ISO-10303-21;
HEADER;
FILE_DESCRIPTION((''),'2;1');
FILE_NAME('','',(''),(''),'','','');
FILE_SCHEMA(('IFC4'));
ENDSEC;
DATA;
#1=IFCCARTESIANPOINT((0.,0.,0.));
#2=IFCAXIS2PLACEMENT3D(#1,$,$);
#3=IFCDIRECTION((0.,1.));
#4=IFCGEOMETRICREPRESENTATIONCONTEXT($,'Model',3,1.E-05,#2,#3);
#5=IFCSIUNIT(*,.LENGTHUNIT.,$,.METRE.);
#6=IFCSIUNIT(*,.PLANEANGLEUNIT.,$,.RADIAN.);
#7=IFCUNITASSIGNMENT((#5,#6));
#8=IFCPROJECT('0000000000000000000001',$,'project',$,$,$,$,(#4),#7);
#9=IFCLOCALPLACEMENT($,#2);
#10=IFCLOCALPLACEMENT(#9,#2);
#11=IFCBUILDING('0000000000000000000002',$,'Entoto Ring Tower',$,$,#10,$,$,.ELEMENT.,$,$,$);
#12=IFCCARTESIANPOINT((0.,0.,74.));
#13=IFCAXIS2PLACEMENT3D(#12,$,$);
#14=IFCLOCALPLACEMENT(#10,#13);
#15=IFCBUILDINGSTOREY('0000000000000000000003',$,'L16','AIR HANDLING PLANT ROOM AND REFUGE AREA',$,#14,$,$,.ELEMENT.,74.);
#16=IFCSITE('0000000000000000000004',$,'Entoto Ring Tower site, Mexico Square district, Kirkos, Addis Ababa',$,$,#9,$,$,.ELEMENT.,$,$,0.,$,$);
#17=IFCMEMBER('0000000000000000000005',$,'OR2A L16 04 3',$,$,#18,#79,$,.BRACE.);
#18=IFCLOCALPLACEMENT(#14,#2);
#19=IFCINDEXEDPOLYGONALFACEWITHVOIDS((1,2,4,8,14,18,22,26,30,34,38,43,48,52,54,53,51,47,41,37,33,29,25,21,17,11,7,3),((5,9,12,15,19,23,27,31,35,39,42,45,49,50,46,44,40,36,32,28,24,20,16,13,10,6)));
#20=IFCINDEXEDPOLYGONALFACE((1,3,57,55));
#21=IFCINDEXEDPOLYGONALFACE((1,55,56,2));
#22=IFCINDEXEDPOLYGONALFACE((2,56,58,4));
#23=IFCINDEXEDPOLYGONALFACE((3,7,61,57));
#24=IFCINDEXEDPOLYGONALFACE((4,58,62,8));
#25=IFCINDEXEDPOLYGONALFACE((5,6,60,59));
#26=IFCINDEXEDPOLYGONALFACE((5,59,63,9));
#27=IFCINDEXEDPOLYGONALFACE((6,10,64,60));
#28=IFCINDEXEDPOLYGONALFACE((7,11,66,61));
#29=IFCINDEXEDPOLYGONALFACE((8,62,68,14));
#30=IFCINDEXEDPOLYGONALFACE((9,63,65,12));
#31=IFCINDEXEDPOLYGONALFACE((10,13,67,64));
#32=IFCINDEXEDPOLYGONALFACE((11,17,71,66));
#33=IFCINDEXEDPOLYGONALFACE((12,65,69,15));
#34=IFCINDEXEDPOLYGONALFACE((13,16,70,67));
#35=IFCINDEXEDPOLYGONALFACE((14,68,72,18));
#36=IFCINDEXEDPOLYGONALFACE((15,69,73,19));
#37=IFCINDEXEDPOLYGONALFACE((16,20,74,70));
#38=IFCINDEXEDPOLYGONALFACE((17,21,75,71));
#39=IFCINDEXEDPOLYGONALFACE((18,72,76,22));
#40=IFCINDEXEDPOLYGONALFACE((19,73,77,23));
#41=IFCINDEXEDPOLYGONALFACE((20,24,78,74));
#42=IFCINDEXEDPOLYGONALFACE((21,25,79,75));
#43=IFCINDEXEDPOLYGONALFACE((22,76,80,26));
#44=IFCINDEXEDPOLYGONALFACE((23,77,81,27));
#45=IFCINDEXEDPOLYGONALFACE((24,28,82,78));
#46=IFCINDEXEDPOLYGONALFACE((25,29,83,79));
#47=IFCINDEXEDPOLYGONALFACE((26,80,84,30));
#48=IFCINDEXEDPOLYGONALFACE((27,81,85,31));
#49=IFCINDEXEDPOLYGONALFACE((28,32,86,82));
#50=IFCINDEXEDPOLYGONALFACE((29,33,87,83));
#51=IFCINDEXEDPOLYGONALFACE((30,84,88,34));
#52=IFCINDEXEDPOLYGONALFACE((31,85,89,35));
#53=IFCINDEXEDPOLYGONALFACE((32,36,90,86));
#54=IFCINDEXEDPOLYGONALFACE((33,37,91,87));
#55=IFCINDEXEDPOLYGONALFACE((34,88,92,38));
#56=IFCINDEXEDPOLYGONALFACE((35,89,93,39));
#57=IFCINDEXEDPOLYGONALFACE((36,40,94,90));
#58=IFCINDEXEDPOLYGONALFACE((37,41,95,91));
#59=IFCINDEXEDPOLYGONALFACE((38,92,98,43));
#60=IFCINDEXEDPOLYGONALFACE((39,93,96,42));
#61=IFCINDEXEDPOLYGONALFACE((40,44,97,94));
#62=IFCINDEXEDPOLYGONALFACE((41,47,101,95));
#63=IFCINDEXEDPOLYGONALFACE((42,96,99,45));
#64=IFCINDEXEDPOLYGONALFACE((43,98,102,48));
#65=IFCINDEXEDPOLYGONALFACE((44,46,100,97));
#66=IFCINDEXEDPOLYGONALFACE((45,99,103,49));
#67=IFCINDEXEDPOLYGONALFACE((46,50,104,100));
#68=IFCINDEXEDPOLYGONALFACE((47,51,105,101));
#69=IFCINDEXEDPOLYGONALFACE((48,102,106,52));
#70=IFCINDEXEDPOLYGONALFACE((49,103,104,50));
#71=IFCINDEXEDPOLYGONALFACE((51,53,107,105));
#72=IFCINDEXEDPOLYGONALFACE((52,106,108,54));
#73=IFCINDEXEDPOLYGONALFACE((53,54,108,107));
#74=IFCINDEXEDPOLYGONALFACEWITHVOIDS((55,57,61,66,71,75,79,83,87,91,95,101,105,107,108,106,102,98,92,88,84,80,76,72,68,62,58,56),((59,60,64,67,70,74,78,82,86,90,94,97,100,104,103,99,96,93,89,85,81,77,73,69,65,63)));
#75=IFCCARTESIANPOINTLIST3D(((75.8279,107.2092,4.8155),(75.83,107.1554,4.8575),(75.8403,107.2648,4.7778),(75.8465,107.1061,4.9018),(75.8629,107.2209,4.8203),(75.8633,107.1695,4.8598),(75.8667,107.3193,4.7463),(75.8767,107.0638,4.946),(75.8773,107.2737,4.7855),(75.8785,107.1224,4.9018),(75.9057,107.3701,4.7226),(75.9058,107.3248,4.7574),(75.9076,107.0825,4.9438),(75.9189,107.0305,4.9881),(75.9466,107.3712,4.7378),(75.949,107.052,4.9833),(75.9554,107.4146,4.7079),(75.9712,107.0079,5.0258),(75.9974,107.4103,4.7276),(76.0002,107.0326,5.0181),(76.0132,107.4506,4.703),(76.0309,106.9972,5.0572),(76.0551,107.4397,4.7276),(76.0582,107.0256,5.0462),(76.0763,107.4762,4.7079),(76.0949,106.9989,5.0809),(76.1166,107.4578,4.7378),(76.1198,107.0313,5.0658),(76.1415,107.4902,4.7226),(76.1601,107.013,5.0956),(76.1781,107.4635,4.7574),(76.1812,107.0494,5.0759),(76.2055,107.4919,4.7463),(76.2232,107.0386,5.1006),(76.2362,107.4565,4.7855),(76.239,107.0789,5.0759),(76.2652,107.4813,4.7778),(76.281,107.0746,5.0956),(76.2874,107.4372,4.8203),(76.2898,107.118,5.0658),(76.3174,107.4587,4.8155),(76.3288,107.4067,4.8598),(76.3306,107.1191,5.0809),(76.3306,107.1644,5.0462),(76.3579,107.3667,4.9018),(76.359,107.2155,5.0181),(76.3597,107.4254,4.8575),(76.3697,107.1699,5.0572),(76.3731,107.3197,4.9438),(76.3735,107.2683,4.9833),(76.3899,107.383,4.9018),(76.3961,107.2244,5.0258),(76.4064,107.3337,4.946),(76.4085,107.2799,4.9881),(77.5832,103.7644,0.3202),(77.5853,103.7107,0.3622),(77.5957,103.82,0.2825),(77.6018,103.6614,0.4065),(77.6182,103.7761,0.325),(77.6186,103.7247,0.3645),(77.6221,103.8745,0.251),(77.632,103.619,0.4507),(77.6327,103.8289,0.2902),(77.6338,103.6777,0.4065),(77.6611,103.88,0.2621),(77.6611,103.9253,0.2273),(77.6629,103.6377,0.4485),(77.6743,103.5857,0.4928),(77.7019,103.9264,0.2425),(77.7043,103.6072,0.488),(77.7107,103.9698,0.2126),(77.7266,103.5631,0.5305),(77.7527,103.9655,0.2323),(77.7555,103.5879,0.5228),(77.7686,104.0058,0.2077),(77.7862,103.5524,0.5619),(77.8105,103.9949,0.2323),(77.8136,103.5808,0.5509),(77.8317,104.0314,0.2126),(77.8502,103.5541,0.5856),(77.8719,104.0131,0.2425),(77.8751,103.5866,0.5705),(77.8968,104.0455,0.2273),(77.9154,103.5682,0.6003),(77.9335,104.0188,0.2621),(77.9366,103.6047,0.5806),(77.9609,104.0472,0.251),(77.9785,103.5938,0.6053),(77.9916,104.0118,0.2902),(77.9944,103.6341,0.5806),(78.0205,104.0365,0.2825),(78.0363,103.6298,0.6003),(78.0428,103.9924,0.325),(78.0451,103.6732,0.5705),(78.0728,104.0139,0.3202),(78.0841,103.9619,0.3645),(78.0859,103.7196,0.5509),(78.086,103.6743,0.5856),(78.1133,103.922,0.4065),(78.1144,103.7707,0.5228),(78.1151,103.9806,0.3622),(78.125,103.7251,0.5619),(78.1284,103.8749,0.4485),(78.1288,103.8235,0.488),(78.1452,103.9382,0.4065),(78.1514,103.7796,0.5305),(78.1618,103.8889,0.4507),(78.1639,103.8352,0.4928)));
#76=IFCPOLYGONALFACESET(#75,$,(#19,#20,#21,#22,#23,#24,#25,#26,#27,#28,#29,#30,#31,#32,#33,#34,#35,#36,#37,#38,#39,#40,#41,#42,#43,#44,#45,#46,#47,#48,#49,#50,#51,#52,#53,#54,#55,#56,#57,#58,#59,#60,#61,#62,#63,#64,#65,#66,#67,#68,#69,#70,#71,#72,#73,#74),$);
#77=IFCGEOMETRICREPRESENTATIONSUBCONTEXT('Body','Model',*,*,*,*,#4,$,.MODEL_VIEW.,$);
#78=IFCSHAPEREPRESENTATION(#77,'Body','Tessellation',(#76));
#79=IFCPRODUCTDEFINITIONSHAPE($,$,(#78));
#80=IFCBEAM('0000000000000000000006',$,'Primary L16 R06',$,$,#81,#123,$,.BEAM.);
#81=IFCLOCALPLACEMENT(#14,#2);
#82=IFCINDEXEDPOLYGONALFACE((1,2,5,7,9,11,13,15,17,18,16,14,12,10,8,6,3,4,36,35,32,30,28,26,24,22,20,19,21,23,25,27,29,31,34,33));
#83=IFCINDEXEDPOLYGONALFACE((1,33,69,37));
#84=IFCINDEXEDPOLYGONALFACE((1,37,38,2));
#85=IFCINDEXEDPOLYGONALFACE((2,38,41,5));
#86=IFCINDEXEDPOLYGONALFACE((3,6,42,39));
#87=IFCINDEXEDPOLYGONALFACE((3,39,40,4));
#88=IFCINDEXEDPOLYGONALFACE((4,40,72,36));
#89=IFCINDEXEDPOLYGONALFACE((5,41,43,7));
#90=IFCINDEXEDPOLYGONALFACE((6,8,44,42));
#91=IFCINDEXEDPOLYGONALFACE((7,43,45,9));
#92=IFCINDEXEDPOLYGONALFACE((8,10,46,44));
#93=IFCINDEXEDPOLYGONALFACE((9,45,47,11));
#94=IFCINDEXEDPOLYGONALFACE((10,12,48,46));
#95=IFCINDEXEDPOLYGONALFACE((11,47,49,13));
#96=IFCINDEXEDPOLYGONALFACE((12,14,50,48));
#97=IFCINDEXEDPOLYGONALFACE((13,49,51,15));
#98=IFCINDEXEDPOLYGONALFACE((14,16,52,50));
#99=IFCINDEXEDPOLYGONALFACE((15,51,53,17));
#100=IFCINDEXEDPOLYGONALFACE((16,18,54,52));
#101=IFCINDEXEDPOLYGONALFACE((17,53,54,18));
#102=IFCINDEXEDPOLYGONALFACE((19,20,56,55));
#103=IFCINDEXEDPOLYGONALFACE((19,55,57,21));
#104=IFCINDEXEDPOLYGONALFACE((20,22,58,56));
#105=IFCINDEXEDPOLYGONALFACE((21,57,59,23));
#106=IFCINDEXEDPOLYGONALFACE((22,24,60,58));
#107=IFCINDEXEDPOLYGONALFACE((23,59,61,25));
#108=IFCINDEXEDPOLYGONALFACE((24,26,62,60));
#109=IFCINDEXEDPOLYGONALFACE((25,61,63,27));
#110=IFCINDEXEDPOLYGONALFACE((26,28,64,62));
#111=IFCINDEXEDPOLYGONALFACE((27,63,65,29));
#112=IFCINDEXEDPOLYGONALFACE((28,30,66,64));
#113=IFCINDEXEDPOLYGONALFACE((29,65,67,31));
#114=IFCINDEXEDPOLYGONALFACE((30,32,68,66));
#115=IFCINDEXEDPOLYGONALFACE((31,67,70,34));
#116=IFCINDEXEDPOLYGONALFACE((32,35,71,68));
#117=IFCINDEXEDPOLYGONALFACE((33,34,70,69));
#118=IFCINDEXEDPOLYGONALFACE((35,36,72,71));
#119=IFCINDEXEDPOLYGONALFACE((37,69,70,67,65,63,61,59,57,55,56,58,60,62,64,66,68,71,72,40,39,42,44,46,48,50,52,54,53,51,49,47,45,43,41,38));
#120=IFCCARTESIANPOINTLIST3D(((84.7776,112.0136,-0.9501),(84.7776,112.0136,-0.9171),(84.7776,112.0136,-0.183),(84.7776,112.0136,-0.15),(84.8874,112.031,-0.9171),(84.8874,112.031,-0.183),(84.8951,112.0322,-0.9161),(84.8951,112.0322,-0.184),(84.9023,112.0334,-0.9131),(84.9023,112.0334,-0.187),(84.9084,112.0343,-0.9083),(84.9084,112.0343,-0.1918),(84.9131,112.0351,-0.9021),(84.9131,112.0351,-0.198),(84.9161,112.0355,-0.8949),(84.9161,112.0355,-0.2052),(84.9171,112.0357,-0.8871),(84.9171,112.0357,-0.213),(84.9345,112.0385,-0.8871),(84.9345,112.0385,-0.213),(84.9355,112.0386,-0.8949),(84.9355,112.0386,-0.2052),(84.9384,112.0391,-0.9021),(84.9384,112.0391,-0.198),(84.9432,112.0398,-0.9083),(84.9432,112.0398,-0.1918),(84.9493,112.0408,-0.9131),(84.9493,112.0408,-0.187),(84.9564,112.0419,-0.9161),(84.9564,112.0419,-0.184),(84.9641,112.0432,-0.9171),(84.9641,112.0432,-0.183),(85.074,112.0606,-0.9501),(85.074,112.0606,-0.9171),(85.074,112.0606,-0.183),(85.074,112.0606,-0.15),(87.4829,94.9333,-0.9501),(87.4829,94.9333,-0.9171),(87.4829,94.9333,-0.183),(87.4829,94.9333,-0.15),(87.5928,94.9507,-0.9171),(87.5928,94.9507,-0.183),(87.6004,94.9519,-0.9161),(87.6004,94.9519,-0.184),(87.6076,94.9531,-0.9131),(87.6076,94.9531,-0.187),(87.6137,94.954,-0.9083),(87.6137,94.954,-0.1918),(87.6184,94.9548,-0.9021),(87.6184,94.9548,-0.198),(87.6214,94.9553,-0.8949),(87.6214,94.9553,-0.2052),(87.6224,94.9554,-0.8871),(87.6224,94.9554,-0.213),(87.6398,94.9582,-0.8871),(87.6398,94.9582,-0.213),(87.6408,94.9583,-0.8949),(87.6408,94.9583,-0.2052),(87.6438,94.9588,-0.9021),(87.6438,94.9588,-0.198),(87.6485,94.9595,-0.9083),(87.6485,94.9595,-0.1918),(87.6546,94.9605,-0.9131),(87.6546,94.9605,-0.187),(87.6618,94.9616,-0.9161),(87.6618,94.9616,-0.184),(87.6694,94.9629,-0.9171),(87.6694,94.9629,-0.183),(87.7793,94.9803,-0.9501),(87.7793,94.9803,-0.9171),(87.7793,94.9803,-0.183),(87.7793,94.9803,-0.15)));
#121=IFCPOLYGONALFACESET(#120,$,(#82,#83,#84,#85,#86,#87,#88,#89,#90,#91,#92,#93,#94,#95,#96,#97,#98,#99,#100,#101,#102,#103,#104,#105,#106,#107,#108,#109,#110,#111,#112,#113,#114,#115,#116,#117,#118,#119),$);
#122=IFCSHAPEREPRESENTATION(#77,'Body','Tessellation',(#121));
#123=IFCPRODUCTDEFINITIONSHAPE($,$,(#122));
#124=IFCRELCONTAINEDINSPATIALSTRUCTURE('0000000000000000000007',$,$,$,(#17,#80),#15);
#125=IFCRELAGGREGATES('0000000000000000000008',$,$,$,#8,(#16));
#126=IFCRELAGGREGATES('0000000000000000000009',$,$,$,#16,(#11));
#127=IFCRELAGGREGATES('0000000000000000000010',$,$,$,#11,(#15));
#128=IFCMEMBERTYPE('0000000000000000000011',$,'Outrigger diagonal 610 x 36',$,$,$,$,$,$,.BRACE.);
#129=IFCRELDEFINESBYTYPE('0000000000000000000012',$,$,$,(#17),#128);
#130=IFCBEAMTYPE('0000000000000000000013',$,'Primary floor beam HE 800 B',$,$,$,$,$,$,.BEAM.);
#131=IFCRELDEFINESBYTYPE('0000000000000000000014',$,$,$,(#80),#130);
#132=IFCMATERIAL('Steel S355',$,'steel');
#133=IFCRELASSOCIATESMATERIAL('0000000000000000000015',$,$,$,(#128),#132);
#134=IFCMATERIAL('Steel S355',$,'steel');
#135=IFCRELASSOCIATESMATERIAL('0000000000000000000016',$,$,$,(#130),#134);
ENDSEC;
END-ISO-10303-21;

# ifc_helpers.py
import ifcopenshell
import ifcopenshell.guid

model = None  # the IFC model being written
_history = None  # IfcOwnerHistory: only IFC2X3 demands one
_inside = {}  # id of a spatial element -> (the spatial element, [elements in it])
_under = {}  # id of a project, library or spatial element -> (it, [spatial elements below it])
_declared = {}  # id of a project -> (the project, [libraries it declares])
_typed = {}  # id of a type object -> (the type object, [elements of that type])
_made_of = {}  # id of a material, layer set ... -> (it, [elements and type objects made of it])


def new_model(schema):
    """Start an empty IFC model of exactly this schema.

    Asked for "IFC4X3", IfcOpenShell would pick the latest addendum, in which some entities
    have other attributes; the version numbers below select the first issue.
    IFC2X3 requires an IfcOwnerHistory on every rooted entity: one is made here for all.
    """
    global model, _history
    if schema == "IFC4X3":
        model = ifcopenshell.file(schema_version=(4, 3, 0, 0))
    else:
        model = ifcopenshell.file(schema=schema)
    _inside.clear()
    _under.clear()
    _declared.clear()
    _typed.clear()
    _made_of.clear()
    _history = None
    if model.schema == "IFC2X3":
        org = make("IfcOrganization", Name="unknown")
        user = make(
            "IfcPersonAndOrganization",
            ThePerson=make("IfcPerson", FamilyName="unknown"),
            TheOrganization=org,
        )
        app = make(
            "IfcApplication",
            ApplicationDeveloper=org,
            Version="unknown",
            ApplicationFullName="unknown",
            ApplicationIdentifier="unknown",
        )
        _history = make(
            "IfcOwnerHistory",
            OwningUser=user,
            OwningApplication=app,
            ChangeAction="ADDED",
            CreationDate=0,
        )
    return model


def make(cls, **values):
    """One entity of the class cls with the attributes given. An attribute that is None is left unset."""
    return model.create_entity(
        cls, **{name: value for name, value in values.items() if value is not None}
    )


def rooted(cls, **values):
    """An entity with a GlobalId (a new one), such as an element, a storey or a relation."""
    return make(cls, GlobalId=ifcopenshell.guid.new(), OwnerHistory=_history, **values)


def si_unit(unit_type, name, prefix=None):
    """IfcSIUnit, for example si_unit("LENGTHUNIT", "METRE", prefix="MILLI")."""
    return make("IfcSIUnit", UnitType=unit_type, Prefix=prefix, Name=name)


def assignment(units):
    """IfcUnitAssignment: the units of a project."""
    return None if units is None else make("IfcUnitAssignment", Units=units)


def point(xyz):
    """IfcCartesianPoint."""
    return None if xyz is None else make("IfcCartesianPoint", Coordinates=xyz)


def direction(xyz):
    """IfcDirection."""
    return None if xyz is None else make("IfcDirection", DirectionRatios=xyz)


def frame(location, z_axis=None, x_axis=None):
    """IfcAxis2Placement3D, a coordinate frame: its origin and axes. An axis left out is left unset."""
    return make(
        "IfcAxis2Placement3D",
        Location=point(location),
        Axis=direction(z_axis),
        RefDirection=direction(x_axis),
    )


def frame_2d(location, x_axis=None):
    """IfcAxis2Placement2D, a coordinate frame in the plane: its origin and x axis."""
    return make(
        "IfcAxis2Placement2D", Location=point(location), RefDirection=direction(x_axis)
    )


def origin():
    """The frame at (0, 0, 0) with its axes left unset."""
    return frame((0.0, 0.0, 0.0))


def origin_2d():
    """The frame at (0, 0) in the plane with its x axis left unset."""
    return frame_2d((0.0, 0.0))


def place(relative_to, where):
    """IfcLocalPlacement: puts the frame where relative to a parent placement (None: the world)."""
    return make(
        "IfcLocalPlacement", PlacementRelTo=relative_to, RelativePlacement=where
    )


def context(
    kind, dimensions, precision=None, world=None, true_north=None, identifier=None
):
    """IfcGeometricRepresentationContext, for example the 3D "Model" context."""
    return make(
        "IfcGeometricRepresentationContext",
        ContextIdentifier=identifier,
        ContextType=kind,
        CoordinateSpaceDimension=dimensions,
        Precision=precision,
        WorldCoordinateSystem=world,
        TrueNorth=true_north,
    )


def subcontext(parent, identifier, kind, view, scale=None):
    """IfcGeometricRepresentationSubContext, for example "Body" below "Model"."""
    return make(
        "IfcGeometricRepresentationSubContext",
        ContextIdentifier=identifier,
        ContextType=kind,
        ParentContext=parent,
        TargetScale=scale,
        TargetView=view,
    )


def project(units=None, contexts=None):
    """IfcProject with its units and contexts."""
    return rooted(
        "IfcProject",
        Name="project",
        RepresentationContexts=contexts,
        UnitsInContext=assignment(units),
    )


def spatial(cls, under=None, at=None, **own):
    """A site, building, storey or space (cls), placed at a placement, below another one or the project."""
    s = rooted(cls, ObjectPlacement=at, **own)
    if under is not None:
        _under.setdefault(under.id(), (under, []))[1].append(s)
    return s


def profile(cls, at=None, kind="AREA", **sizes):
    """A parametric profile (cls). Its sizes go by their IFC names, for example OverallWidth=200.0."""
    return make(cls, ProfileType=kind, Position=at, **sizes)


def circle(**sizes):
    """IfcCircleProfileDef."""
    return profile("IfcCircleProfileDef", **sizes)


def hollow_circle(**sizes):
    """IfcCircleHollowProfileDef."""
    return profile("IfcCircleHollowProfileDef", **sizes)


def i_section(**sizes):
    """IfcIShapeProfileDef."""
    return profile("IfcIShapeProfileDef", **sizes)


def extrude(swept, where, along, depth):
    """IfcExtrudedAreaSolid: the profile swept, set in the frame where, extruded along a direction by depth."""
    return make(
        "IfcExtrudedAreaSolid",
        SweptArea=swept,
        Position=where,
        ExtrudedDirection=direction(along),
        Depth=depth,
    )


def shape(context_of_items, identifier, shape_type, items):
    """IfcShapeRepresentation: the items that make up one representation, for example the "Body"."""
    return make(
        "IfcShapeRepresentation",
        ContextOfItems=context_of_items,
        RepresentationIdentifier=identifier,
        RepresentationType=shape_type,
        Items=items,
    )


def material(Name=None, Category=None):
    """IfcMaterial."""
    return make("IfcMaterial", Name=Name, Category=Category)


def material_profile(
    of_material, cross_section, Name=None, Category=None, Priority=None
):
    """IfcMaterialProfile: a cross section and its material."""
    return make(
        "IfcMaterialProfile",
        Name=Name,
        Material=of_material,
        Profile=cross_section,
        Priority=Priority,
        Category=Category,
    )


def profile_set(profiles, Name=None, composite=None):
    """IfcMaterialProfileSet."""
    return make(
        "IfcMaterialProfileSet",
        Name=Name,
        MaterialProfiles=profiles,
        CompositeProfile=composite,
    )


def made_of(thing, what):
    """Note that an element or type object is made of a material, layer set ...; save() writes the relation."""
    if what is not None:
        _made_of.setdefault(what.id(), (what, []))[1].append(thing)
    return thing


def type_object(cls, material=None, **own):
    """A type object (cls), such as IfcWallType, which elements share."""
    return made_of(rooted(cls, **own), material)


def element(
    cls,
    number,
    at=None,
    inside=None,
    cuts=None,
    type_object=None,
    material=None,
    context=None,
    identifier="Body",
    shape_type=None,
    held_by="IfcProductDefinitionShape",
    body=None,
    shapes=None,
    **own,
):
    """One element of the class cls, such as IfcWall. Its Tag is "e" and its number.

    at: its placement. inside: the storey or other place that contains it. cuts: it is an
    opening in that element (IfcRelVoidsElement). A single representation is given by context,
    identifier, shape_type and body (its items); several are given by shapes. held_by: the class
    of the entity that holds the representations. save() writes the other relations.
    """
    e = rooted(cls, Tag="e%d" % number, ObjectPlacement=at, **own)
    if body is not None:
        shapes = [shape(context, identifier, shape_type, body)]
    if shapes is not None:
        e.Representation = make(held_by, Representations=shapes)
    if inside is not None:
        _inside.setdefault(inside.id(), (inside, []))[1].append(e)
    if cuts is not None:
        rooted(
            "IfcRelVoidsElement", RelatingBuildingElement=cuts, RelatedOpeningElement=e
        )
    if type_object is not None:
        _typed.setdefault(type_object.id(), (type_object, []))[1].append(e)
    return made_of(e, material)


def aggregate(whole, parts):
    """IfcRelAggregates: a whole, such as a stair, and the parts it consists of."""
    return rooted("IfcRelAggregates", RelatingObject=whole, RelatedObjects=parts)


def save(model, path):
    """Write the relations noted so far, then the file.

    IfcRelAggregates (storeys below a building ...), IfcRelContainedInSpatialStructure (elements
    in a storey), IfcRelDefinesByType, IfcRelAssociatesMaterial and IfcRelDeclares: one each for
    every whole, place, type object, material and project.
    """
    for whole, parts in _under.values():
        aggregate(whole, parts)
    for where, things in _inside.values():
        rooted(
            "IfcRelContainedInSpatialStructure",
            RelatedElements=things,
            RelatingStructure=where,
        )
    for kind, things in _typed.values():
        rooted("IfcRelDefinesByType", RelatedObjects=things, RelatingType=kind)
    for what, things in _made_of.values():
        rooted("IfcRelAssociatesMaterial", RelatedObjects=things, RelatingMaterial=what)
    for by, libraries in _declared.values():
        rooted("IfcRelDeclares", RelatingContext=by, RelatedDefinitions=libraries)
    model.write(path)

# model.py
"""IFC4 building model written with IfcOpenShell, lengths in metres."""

from ifc_helpers import new_model, si_unit, direction, frame, origin, origin_2d, place, context, subcontext, project, spatial, circle, hollow_circle, i_section, extrude, material, material_profile, profile_set, type_object, element, save


model = new_model("IFC4")

# Units and contexts
model_context = context("Model", 3, precision=1e-05, world=origin(), true_north=direction((0.0, 1.0)))
body_context = subcontext(model_context, "Body", "Model", "MODEL_VIEW")
ifc_project = project(units=[si_unit("LENGTHUNIT", "METRE"), si_unit("PLANEANGLEUNIT", "RADIAN")], contexts=[model_context])

# Site, building, storey
site_placement = place(None, origin())
site = spatial("IfcSite", under=ifc_project, at=site_placement, Name="Entoto Ring Tower site, Mexico Square district, Kirkos, Addis Ababa", CompositionType="ELEMENT", RefElevation=0.0)
building_placement = place(site_placement, origin())
building = spatial("IfcBuilding", under=site, at=building_placement, Name="Entoto Ring Tower", CompositionType="ELEMENT")
storey_placement = place(building_placement, frame((0.0, 0.0, 74.0)))
storey = spatial("IfcBuildingStorey", under=building, at=storey_placement, Name="L16", Description="AIR HANDLING PLANT ROOM AND REFUGE AREA", CompositionType="ELEMENT", Elevation=74.0)

# Member
ifc_material_1 = material(Name="Steel S355", Category="steel")
ifc_material_profile_1 = material_profile(ifc_material_1, hollow_circle(Radius=0.3049, WallThickness=0.0359, at=origin_2d()), Name="CHS 610 x 36")
ifc_material_2 = material(Name="Concrete C60/75", Category="concrete")
ifc_material_profile_2 = material_profile(ifc_material_2, circle(Radius=0.269, at=origin_2d()), Name="Concrete C60/75 infill")
ifc_profile_set_1 = profile_set([ifc_material_profile_1, ifc_material_profile_2], Name="Steel S355")
member_type_1 = type_object("IfcMemberType", Name="Outrigger diagonal 610 x 36", PredefinedType="BRACE", material=ifc_profile_set_1)
member_1_placement = place(storey_placement, frame((77.8735, 103.7998, 0.4065), z_axis=(-0.296051, 0.580985, 0.758163), x_axis=(-0.890991, -0.45402, 0.0)))
element("IfcMember", 1, at=member_1_placement, inside=storey, type_object=member_type_1, Name="OR2A L16 04 3", PredefinedType="BRACE", context=body_context, shape_type="SweptSolid", body=[
    extrude(hollow_circle(Radius=0.3049, WallThickness=0.0359, at=origin_2d()), origin(), (0.0, 0.0, 1.0), 5.9292),
])

# Beam
ifc_material_3 = material(Name="Steel S355", Category="steel")
ifc_material_profile_3 = material_profile(ifc_material_3, i_section(OverallWidth=0.3, OverallDepth=0.8, WebThickness=0.0176, FlangeThickness=0.033, FilletRadius=0.03, at=origin_2d()), Name="HE 800 B")
ifc_profile_set_2 = profile_set([ifc_material_profile_3], Name="Steel S355")
beam_type_1 = type_object("IfcBeamType", Name="Primary floor beam HE 800 B", PredefinedType="BEAM", material=ifc_profile_set_2)
beam_1_placement = place(storey_placement, frame((87.6311, 94.9568, -0.55), z_axis=(-0.156438, 0.987688, 0.0), x_axis=(-0.987688, -0.156438, 0.0)))
element("IfcBeam", 2, at=beam_1_placement, inside=storey, type_object=beam_type_1, Name="Primary L16 R06", PredefinedType="BEAM", context=body_context, shape_type="SweptSolid", body=[
    extrude(i_section(OverallWidth=0.3, OverallDepth=0.8, WebThickness=0.0176, FlangeThickness=0.033, FilletRadius=0.03, at=origin_2d()), origin(), (0.0, 0.0, 1.0), 17.2932),
])

save(model, "model.ifc")
